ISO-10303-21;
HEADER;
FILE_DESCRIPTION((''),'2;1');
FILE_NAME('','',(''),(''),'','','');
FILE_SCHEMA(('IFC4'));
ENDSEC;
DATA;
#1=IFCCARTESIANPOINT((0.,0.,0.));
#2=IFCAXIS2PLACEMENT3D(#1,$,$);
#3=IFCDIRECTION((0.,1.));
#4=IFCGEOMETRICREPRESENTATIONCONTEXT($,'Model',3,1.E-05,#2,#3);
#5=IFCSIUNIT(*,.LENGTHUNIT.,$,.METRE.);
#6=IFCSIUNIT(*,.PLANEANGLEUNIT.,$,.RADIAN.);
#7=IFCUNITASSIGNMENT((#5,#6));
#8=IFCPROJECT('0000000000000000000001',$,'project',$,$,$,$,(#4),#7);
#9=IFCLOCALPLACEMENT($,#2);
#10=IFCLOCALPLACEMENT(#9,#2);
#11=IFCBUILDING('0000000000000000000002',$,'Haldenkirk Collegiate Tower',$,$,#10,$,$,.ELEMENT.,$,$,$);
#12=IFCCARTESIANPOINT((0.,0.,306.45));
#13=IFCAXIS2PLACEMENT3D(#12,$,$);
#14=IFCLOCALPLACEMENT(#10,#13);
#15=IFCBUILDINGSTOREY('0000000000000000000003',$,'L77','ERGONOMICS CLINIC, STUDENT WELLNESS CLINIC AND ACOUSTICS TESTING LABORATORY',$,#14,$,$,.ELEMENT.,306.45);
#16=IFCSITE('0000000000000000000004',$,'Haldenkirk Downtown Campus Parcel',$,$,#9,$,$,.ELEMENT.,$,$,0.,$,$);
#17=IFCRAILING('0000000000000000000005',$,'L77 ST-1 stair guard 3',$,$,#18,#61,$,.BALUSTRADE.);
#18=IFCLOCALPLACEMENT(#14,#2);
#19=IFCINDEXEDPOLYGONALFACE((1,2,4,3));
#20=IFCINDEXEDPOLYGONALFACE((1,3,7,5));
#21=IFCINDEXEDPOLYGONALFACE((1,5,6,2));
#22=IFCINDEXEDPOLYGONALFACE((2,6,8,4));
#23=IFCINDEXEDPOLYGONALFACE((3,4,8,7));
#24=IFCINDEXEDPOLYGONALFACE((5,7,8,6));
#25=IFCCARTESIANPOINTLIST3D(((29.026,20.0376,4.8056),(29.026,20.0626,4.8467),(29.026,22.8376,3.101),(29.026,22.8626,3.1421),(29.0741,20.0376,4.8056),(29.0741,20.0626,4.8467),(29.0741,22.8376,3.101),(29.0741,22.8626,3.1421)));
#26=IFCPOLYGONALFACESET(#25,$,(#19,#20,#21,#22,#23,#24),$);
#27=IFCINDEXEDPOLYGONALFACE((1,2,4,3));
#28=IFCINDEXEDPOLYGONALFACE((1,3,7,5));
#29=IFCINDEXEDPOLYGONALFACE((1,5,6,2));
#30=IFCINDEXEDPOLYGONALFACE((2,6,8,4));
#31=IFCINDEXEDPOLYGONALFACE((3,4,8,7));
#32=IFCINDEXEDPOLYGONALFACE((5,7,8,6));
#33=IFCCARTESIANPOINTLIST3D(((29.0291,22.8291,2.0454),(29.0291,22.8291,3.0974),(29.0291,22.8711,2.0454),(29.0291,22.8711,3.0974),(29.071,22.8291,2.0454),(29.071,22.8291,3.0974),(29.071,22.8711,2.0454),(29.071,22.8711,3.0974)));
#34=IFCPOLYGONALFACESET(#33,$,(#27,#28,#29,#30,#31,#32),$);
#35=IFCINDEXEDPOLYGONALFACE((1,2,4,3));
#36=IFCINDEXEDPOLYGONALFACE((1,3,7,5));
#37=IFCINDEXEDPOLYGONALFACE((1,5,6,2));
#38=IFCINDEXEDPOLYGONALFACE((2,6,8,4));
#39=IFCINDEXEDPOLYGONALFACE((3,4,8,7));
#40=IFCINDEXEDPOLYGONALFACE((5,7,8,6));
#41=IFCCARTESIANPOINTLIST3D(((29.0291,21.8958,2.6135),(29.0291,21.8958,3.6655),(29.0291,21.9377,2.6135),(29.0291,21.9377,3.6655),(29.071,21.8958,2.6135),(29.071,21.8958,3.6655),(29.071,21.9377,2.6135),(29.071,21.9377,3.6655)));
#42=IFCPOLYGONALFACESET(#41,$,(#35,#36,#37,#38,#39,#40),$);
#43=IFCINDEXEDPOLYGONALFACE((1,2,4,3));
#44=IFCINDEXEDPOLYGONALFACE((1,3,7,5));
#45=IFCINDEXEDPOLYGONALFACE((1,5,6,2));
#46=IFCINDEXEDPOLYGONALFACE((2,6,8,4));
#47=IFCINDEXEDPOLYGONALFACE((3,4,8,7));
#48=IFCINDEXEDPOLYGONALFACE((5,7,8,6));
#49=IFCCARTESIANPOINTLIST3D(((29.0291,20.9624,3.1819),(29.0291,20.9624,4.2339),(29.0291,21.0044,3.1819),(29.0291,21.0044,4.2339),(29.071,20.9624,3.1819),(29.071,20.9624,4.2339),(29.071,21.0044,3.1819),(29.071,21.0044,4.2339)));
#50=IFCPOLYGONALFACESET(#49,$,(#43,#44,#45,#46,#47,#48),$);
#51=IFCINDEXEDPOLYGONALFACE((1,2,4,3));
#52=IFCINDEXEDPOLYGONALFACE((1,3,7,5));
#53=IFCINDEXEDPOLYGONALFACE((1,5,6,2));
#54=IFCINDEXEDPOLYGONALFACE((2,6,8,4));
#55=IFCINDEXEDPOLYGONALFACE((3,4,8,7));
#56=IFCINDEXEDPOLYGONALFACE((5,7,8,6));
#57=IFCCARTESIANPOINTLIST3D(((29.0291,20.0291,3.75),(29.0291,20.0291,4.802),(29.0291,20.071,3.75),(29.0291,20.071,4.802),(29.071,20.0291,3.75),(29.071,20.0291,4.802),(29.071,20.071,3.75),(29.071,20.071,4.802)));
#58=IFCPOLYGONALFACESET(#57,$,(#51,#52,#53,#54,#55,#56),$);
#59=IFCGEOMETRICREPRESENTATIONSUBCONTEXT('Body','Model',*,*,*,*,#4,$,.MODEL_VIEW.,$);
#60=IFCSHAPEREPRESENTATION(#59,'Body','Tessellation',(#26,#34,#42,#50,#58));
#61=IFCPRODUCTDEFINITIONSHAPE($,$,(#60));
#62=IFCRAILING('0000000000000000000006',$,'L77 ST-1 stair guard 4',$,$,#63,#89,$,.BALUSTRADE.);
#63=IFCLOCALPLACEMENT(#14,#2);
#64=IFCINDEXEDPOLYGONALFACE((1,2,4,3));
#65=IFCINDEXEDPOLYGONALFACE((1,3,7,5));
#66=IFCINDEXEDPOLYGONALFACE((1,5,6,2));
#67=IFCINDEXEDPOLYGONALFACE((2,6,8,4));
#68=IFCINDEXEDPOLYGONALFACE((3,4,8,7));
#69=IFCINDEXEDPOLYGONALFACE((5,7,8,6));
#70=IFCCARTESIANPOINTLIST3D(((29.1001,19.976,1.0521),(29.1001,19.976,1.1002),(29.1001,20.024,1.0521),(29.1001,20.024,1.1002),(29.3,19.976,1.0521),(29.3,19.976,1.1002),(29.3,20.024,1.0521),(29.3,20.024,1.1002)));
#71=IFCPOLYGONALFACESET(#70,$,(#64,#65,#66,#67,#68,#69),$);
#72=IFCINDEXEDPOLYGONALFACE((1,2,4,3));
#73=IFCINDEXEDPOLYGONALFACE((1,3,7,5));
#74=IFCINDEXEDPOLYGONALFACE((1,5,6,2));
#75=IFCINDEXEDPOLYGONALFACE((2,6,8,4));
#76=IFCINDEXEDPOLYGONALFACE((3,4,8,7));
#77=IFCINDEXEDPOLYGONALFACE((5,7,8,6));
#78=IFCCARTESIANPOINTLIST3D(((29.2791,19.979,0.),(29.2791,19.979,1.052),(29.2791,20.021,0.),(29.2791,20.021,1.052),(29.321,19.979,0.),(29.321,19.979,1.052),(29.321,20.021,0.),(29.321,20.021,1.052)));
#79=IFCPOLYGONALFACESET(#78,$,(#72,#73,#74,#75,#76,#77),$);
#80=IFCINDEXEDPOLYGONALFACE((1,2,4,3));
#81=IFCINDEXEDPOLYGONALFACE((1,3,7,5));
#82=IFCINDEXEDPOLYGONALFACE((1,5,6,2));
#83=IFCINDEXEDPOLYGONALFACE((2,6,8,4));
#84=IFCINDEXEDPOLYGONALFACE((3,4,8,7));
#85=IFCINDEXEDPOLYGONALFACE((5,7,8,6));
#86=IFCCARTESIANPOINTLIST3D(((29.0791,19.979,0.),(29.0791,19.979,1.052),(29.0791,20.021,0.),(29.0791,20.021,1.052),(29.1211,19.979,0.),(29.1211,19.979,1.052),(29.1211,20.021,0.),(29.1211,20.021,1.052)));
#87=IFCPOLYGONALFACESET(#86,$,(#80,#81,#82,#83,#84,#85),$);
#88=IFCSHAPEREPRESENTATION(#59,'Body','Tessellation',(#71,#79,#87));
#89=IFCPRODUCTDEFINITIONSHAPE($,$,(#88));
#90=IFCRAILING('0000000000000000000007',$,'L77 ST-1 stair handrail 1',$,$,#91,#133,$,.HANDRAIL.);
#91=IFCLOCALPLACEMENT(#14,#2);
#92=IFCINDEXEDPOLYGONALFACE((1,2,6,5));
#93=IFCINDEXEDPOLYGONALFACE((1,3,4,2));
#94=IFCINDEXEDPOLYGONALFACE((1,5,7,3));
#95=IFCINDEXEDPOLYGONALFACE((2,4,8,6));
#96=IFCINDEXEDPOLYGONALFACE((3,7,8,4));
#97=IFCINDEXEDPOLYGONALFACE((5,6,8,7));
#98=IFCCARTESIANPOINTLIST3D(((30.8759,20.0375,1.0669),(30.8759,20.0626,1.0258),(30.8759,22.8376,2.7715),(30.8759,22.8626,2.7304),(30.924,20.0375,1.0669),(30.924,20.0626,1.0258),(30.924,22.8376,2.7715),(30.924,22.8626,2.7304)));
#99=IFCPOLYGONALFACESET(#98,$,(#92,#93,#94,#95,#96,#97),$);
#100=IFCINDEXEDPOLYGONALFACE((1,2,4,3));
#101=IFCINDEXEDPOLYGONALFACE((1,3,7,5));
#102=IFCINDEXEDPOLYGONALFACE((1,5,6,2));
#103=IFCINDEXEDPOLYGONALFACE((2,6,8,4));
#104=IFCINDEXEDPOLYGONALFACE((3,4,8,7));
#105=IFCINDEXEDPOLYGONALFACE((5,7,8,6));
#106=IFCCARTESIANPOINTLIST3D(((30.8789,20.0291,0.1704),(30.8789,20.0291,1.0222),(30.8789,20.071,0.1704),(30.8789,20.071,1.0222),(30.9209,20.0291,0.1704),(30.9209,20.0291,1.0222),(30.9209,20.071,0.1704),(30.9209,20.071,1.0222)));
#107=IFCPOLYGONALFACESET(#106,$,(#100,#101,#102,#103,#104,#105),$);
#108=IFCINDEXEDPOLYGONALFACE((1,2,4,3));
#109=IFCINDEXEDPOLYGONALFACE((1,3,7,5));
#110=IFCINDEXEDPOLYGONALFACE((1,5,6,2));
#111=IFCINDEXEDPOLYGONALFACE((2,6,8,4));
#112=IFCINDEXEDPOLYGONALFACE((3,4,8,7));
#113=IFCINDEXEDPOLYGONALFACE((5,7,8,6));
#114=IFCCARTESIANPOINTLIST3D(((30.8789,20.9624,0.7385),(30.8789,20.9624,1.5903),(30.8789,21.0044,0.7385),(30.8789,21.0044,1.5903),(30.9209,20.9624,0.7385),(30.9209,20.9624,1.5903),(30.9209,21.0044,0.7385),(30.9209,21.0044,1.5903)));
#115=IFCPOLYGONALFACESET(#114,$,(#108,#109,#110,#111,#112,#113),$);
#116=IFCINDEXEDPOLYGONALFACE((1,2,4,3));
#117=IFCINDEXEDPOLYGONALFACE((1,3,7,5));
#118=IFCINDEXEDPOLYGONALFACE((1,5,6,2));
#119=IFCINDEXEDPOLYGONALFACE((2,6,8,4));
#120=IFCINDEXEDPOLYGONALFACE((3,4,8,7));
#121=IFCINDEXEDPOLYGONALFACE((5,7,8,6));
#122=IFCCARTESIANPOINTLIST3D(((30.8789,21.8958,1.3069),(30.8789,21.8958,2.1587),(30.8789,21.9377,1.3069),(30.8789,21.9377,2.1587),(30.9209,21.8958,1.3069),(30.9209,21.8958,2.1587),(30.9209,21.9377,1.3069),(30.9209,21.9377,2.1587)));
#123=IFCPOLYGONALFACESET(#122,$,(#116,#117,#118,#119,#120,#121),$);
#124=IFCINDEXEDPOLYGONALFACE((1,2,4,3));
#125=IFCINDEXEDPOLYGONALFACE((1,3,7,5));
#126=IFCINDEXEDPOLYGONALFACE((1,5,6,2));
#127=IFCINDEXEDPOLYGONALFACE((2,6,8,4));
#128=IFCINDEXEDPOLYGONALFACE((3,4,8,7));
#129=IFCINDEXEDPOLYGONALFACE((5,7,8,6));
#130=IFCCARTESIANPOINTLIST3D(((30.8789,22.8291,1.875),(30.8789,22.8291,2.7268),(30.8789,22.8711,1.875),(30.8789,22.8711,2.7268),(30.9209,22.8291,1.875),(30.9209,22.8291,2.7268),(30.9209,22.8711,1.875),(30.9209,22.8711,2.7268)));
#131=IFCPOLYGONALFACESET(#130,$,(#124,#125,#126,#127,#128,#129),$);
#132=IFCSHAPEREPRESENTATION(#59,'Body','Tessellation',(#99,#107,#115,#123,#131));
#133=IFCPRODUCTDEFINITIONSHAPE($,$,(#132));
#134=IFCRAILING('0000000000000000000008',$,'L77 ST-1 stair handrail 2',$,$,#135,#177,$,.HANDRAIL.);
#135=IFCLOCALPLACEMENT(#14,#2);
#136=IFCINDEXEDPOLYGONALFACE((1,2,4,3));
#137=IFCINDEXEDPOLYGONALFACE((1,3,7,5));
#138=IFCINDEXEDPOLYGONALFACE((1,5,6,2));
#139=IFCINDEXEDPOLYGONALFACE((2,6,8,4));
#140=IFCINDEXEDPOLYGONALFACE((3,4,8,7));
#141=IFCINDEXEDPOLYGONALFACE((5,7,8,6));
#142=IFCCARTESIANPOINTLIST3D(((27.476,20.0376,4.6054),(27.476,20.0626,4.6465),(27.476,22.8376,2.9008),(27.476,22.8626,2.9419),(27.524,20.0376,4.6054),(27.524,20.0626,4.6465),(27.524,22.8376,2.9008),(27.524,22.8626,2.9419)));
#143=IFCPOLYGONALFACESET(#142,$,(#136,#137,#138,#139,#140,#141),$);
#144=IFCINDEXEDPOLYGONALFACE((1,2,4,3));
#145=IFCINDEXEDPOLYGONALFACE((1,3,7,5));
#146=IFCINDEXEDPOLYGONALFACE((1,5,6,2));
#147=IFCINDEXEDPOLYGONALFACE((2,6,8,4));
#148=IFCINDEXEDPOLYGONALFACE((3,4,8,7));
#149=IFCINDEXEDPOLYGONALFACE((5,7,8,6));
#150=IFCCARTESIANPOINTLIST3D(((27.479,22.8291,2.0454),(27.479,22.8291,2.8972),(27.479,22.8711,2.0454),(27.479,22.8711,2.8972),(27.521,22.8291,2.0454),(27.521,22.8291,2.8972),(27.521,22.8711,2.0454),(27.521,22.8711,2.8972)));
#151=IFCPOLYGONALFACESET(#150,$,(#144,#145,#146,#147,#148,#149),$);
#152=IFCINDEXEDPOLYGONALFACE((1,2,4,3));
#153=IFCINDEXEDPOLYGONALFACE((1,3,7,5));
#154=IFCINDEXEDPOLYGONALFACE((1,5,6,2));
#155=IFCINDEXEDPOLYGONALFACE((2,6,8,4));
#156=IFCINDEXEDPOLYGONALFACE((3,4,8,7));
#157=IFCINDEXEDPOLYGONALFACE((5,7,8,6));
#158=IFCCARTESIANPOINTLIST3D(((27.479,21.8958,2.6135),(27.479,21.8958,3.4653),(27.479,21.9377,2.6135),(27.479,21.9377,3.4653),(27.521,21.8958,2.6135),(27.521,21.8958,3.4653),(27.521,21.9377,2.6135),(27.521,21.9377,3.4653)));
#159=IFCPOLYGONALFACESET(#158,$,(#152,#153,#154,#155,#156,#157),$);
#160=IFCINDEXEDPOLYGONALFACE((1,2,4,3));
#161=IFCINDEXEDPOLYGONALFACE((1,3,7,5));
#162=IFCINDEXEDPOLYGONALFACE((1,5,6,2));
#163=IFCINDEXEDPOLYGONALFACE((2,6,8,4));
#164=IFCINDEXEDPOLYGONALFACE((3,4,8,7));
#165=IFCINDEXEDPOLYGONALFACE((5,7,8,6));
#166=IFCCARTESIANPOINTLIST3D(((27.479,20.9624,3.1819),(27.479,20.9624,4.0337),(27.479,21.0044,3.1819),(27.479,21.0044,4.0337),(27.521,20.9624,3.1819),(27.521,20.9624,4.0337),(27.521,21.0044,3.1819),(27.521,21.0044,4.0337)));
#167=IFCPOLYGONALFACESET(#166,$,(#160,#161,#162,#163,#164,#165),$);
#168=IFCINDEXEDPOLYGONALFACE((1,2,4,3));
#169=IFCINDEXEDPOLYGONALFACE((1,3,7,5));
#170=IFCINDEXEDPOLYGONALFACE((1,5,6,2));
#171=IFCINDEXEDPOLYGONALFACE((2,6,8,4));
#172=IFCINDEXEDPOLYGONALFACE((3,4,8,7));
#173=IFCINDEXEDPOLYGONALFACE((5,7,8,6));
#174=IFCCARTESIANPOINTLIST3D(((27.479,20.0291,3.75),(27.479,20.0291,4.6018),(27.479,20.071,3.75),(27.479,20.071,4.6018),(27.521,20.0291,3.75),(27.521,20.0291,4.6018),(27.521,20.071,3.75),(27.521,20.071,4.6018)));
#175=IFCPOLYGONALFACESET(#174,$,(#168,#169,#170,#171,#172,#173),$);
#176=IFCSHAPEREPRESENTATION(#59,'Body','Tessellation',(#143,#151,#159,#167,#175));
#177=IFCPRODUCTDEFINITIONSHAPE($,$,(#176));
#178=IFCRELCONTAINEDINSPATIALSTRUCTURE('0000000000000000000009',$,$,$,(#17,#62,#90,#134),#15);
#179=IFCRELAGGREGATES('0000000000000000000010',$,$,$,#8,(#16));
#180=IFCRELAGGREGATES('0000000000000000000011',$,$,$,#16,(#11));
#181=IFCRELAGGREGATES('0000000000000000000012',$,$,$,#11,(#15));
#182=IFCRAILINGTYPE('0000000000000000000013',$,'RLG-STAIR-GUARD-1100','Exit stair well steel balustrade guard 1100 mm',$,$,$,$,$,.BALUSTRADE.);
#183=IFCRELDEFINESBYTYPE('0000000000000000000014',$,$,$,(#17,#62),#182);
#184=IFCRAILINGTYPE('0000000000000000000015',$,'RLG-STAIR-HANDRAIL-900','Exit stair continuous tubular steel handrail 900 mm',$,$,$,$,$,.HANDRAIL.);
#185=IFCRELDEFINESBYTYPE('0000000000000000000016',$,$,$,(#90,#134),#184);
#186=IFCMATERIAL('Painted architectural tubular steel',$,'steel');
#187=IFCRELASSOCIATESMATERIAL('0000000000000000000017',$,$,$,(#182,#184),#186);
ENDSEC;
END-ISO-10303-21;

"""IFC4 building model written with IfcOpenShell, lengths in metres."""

from ifc_helpers import new_model, si_unit, direction, frame, origin, origin_2d, place, context, subcontext, project, spatial, rectangle, extrude, material, type_object, element, save


model = new_model("IFC4")

# Units and contexts
model_context = context("Model", 3, precision=1e-05, world=origin(), true_north=direction((0.0, 1.0)))
body_context = subcontext(model_context, "Body", "Model", "MODEL_VIEW")
ifc_project = project(units=[si_unit("LENGTHUNIT", "METRE"), si_unit("PLANEANGLEUNIT", "RADIAN")], contexts=[model_context])

# Site, building, storey
site_placement = place(None, origin())
site = spatial("IfcSite", under=ifc_project, at=site_placement, Name="Haldenkirk Downtown Campus Parcel", CompositionType="ELEMENT", RefElevation=0.0)
building_placement = place(site_placement, origin())
building = spatial("IfcBuilding", under=site, at=building_placement, Name="Haldenkirk Collegiate Tower", CompositionType="ELEMENT")
storey_placement = place(building_placement, frame((0.0, 0.0, 306.45)))
storey = spatial("IfcBuildingStorey", under=building, at=storey_placement, Name="L77", Description="ERGONOMICS CLINIC, STUDENT WELLNESS CLINIC AND ACOUSTICS TESTING LABORATORY", CompositionType="ELEMENT", Elevation=306.45)

# Railings
ifc_material_1 = material(Name="Painted architectural tubular steel", Category="steel")
railing_type_1 = type_object("IfcRailingType", Name="RLG-STAIR-GUARD-1100", Description="Exit stair well steel balustrade guard 1100 mm", PredefinedType="BALUSTRADE", material=ifc_material_1)
railing_1_placement = place(storey_placement, frame((29.05, 22.8501, 2.0454)))
element("IfcRailing", 1, at=railing_1_placement, inside=storey, type_object=railing_type_1, Name="L77 ST-1 stair guard 3", PredefinedType="BALUSTRADE", context=body_context, shape_type="SweptSolid", body=[
    extrude(rectangle(XDim=0.0481, YDim=0.0481, at=origin_2d()), frame((0.0, 0.0, 1.0762), z_axis=(0.0, -0.85417, 0.519994), x_axis=(1.0, 0.0, 0.0)), (0.0, 0.0, 1.0), 3.2781),
    extrude(rectangle(XDim=0.042, YDim=0.042, at=origin_2d()), origin(), (0.0, 0.0, 1.0), 1.052),
    extrude(rectangle(XDim=0.042, YDim=0.042, at=origin_2d()), frame((0.0, -0.9333, 0.5681)), (0.0, 0.0, 1.0), 1.052),
    extrude(rectangle(XDim=0.042, YDim=0.042, at=origin_2d()), frame((0.0, -1.8667, 1.1365)), (0.0, 0.0, 1.0), 1.052),
    extrude(rectangle(XDim=0.042, YDim=0.042, at=origin_2d()), frame((0.0, -2.8, 1.7046)), (0.0, 0.0, 1.0), 1.052),
])
railing_2_placement = place(storey_placement, frame((29.3, 20.0, 0.0)))
element("IfcRailing", 2, at=railing_2_placement, inside=storey, type_object=railing_type_1, Name="L77 ST-1 stair guard 4", PredefinedType="BALUSTRADE", context=body_context, shape_type="SweptSolid", body=[
    extrude(rectangle(XDim=0.0481, YDim=0.0481, at=origin_2d()), frame((0.0, 0.0, 1.0762), z_axis=(-1.0, 0.0, 0.0), x_axis=(0.0, -1.0, 0.0)), (0.0, 0.0, 1.0), 0.2),
    extrude(rectangle(XDim=0.042, YDim=0.042, at=origin_2d()), origin(), (0.0, 0.0, 1.0), 1.052),
    extrude(rectangle(XDim=0.042, YDim=0.042, at=origin_2d()), frame((-0.2, 0.0, 0.0)), (0.0, 0.0, 1.0), 1.052),
])
railing_type_2 = type_object("IfcRailingType", Name="RLG-STAIR-HANDRAIL-900", Description="Exit stair continuous tubular steel handrail 900 mm", PredefinedType="HANDRAIL", material=ifc_material_1)
railing_3_placement = place(storey_placement, frame((30.8999, 20.05, 0.1704)))
element("IfcRailing", 3, at=railing_3_placement, inside=storey, type_object=railing_type_2, Name="L77 ST-1 stair handrail 1", PredefinedType="HANDRAIL", context=body_context, shape_type="SweptSolid", body=[
    extrude(rectangle(XDim=0.0481, YDim=0.0481, at=origin_2d()), frame((0.0, 0.0, 0.876), z_axis=(0.0, 0.85417, 0.519994), x_axis=(-1.0, 0.0, 0.0)), (0.0, 0.0, 1.0), 3.2781),
    extrude(rectangle(XDim=0.042, YDim=0.042, at=origin_2d()), origin(), (0.0, 0.0, 1.0), 0.8518),
    extrude(rectangle(XDim=0.042, YDim=0.042, at=origin_2d()), frame((0.0, 0.9333, 0.5681)), (0.0, 0.0, 1.0), 0.8518),
    extrude(rectangle(XDim=0.042, YDim=0.042, at=origin_2d()), frame((0.0, 1.8667, 1.1365)), (0.0, 0.0, 1.0), 0.8518),
    extrude(rectangle(XDim=0.042, YDim=0.042, at=origin_2d()), frame((0.0, 2.8, 1.7046)), (0.0, 0.0, 1.0), 0.8518),
])
railing_4_placement = place(storey_placement, frame((27.5, 22.8501, 2.0454)))
element("IfcRailing", 4, at=railing_4_placement, inside=storey, type_object=railing_type_2, Name="L77 ST-1 stair handrail 2", PredefinedType="HANDRAIL", context=body_context, shape_type="SweptSolid", body=[
    extrude(rectangle(XDim=0.0481, YDim=0.0481, at=origin_2d()), frame((0.0, 0.0, 0.876), z_axis=(0.0, -0.85417, 0.519994), x_axis=(1.0, 0.0, 0.0)), (0.0, 0.0, 1.0), 3.2781),
    extrude(rectangle(XDim=0.042, YDim=0.042, at=origin_2d()), origin(), (0.0, 0.0, 1.0), 0.8518),
    extrude(rectangle(XDim=0.042, YDim=0.042, at=origin_2d()), frame((0.0, -0.9333, 0.5681)), (0.0, 0.0, 1.0), 0.8518),
    extrude(rectangle(XDim=0.042, YDim=0.042, at=origin_2d()), frame((0.0, -1.8667, 1.1365)), (0.0, 0.0, 1.0), 0.8518),
    extrude(rectangle(XDim=0.042, YDim=0.042, at=origin_2d()), frame((0.0, -2.8, 1.7046)), (0.0, 0.0, 1.0), 0.8518),
])

save(model, "model.ifc")
